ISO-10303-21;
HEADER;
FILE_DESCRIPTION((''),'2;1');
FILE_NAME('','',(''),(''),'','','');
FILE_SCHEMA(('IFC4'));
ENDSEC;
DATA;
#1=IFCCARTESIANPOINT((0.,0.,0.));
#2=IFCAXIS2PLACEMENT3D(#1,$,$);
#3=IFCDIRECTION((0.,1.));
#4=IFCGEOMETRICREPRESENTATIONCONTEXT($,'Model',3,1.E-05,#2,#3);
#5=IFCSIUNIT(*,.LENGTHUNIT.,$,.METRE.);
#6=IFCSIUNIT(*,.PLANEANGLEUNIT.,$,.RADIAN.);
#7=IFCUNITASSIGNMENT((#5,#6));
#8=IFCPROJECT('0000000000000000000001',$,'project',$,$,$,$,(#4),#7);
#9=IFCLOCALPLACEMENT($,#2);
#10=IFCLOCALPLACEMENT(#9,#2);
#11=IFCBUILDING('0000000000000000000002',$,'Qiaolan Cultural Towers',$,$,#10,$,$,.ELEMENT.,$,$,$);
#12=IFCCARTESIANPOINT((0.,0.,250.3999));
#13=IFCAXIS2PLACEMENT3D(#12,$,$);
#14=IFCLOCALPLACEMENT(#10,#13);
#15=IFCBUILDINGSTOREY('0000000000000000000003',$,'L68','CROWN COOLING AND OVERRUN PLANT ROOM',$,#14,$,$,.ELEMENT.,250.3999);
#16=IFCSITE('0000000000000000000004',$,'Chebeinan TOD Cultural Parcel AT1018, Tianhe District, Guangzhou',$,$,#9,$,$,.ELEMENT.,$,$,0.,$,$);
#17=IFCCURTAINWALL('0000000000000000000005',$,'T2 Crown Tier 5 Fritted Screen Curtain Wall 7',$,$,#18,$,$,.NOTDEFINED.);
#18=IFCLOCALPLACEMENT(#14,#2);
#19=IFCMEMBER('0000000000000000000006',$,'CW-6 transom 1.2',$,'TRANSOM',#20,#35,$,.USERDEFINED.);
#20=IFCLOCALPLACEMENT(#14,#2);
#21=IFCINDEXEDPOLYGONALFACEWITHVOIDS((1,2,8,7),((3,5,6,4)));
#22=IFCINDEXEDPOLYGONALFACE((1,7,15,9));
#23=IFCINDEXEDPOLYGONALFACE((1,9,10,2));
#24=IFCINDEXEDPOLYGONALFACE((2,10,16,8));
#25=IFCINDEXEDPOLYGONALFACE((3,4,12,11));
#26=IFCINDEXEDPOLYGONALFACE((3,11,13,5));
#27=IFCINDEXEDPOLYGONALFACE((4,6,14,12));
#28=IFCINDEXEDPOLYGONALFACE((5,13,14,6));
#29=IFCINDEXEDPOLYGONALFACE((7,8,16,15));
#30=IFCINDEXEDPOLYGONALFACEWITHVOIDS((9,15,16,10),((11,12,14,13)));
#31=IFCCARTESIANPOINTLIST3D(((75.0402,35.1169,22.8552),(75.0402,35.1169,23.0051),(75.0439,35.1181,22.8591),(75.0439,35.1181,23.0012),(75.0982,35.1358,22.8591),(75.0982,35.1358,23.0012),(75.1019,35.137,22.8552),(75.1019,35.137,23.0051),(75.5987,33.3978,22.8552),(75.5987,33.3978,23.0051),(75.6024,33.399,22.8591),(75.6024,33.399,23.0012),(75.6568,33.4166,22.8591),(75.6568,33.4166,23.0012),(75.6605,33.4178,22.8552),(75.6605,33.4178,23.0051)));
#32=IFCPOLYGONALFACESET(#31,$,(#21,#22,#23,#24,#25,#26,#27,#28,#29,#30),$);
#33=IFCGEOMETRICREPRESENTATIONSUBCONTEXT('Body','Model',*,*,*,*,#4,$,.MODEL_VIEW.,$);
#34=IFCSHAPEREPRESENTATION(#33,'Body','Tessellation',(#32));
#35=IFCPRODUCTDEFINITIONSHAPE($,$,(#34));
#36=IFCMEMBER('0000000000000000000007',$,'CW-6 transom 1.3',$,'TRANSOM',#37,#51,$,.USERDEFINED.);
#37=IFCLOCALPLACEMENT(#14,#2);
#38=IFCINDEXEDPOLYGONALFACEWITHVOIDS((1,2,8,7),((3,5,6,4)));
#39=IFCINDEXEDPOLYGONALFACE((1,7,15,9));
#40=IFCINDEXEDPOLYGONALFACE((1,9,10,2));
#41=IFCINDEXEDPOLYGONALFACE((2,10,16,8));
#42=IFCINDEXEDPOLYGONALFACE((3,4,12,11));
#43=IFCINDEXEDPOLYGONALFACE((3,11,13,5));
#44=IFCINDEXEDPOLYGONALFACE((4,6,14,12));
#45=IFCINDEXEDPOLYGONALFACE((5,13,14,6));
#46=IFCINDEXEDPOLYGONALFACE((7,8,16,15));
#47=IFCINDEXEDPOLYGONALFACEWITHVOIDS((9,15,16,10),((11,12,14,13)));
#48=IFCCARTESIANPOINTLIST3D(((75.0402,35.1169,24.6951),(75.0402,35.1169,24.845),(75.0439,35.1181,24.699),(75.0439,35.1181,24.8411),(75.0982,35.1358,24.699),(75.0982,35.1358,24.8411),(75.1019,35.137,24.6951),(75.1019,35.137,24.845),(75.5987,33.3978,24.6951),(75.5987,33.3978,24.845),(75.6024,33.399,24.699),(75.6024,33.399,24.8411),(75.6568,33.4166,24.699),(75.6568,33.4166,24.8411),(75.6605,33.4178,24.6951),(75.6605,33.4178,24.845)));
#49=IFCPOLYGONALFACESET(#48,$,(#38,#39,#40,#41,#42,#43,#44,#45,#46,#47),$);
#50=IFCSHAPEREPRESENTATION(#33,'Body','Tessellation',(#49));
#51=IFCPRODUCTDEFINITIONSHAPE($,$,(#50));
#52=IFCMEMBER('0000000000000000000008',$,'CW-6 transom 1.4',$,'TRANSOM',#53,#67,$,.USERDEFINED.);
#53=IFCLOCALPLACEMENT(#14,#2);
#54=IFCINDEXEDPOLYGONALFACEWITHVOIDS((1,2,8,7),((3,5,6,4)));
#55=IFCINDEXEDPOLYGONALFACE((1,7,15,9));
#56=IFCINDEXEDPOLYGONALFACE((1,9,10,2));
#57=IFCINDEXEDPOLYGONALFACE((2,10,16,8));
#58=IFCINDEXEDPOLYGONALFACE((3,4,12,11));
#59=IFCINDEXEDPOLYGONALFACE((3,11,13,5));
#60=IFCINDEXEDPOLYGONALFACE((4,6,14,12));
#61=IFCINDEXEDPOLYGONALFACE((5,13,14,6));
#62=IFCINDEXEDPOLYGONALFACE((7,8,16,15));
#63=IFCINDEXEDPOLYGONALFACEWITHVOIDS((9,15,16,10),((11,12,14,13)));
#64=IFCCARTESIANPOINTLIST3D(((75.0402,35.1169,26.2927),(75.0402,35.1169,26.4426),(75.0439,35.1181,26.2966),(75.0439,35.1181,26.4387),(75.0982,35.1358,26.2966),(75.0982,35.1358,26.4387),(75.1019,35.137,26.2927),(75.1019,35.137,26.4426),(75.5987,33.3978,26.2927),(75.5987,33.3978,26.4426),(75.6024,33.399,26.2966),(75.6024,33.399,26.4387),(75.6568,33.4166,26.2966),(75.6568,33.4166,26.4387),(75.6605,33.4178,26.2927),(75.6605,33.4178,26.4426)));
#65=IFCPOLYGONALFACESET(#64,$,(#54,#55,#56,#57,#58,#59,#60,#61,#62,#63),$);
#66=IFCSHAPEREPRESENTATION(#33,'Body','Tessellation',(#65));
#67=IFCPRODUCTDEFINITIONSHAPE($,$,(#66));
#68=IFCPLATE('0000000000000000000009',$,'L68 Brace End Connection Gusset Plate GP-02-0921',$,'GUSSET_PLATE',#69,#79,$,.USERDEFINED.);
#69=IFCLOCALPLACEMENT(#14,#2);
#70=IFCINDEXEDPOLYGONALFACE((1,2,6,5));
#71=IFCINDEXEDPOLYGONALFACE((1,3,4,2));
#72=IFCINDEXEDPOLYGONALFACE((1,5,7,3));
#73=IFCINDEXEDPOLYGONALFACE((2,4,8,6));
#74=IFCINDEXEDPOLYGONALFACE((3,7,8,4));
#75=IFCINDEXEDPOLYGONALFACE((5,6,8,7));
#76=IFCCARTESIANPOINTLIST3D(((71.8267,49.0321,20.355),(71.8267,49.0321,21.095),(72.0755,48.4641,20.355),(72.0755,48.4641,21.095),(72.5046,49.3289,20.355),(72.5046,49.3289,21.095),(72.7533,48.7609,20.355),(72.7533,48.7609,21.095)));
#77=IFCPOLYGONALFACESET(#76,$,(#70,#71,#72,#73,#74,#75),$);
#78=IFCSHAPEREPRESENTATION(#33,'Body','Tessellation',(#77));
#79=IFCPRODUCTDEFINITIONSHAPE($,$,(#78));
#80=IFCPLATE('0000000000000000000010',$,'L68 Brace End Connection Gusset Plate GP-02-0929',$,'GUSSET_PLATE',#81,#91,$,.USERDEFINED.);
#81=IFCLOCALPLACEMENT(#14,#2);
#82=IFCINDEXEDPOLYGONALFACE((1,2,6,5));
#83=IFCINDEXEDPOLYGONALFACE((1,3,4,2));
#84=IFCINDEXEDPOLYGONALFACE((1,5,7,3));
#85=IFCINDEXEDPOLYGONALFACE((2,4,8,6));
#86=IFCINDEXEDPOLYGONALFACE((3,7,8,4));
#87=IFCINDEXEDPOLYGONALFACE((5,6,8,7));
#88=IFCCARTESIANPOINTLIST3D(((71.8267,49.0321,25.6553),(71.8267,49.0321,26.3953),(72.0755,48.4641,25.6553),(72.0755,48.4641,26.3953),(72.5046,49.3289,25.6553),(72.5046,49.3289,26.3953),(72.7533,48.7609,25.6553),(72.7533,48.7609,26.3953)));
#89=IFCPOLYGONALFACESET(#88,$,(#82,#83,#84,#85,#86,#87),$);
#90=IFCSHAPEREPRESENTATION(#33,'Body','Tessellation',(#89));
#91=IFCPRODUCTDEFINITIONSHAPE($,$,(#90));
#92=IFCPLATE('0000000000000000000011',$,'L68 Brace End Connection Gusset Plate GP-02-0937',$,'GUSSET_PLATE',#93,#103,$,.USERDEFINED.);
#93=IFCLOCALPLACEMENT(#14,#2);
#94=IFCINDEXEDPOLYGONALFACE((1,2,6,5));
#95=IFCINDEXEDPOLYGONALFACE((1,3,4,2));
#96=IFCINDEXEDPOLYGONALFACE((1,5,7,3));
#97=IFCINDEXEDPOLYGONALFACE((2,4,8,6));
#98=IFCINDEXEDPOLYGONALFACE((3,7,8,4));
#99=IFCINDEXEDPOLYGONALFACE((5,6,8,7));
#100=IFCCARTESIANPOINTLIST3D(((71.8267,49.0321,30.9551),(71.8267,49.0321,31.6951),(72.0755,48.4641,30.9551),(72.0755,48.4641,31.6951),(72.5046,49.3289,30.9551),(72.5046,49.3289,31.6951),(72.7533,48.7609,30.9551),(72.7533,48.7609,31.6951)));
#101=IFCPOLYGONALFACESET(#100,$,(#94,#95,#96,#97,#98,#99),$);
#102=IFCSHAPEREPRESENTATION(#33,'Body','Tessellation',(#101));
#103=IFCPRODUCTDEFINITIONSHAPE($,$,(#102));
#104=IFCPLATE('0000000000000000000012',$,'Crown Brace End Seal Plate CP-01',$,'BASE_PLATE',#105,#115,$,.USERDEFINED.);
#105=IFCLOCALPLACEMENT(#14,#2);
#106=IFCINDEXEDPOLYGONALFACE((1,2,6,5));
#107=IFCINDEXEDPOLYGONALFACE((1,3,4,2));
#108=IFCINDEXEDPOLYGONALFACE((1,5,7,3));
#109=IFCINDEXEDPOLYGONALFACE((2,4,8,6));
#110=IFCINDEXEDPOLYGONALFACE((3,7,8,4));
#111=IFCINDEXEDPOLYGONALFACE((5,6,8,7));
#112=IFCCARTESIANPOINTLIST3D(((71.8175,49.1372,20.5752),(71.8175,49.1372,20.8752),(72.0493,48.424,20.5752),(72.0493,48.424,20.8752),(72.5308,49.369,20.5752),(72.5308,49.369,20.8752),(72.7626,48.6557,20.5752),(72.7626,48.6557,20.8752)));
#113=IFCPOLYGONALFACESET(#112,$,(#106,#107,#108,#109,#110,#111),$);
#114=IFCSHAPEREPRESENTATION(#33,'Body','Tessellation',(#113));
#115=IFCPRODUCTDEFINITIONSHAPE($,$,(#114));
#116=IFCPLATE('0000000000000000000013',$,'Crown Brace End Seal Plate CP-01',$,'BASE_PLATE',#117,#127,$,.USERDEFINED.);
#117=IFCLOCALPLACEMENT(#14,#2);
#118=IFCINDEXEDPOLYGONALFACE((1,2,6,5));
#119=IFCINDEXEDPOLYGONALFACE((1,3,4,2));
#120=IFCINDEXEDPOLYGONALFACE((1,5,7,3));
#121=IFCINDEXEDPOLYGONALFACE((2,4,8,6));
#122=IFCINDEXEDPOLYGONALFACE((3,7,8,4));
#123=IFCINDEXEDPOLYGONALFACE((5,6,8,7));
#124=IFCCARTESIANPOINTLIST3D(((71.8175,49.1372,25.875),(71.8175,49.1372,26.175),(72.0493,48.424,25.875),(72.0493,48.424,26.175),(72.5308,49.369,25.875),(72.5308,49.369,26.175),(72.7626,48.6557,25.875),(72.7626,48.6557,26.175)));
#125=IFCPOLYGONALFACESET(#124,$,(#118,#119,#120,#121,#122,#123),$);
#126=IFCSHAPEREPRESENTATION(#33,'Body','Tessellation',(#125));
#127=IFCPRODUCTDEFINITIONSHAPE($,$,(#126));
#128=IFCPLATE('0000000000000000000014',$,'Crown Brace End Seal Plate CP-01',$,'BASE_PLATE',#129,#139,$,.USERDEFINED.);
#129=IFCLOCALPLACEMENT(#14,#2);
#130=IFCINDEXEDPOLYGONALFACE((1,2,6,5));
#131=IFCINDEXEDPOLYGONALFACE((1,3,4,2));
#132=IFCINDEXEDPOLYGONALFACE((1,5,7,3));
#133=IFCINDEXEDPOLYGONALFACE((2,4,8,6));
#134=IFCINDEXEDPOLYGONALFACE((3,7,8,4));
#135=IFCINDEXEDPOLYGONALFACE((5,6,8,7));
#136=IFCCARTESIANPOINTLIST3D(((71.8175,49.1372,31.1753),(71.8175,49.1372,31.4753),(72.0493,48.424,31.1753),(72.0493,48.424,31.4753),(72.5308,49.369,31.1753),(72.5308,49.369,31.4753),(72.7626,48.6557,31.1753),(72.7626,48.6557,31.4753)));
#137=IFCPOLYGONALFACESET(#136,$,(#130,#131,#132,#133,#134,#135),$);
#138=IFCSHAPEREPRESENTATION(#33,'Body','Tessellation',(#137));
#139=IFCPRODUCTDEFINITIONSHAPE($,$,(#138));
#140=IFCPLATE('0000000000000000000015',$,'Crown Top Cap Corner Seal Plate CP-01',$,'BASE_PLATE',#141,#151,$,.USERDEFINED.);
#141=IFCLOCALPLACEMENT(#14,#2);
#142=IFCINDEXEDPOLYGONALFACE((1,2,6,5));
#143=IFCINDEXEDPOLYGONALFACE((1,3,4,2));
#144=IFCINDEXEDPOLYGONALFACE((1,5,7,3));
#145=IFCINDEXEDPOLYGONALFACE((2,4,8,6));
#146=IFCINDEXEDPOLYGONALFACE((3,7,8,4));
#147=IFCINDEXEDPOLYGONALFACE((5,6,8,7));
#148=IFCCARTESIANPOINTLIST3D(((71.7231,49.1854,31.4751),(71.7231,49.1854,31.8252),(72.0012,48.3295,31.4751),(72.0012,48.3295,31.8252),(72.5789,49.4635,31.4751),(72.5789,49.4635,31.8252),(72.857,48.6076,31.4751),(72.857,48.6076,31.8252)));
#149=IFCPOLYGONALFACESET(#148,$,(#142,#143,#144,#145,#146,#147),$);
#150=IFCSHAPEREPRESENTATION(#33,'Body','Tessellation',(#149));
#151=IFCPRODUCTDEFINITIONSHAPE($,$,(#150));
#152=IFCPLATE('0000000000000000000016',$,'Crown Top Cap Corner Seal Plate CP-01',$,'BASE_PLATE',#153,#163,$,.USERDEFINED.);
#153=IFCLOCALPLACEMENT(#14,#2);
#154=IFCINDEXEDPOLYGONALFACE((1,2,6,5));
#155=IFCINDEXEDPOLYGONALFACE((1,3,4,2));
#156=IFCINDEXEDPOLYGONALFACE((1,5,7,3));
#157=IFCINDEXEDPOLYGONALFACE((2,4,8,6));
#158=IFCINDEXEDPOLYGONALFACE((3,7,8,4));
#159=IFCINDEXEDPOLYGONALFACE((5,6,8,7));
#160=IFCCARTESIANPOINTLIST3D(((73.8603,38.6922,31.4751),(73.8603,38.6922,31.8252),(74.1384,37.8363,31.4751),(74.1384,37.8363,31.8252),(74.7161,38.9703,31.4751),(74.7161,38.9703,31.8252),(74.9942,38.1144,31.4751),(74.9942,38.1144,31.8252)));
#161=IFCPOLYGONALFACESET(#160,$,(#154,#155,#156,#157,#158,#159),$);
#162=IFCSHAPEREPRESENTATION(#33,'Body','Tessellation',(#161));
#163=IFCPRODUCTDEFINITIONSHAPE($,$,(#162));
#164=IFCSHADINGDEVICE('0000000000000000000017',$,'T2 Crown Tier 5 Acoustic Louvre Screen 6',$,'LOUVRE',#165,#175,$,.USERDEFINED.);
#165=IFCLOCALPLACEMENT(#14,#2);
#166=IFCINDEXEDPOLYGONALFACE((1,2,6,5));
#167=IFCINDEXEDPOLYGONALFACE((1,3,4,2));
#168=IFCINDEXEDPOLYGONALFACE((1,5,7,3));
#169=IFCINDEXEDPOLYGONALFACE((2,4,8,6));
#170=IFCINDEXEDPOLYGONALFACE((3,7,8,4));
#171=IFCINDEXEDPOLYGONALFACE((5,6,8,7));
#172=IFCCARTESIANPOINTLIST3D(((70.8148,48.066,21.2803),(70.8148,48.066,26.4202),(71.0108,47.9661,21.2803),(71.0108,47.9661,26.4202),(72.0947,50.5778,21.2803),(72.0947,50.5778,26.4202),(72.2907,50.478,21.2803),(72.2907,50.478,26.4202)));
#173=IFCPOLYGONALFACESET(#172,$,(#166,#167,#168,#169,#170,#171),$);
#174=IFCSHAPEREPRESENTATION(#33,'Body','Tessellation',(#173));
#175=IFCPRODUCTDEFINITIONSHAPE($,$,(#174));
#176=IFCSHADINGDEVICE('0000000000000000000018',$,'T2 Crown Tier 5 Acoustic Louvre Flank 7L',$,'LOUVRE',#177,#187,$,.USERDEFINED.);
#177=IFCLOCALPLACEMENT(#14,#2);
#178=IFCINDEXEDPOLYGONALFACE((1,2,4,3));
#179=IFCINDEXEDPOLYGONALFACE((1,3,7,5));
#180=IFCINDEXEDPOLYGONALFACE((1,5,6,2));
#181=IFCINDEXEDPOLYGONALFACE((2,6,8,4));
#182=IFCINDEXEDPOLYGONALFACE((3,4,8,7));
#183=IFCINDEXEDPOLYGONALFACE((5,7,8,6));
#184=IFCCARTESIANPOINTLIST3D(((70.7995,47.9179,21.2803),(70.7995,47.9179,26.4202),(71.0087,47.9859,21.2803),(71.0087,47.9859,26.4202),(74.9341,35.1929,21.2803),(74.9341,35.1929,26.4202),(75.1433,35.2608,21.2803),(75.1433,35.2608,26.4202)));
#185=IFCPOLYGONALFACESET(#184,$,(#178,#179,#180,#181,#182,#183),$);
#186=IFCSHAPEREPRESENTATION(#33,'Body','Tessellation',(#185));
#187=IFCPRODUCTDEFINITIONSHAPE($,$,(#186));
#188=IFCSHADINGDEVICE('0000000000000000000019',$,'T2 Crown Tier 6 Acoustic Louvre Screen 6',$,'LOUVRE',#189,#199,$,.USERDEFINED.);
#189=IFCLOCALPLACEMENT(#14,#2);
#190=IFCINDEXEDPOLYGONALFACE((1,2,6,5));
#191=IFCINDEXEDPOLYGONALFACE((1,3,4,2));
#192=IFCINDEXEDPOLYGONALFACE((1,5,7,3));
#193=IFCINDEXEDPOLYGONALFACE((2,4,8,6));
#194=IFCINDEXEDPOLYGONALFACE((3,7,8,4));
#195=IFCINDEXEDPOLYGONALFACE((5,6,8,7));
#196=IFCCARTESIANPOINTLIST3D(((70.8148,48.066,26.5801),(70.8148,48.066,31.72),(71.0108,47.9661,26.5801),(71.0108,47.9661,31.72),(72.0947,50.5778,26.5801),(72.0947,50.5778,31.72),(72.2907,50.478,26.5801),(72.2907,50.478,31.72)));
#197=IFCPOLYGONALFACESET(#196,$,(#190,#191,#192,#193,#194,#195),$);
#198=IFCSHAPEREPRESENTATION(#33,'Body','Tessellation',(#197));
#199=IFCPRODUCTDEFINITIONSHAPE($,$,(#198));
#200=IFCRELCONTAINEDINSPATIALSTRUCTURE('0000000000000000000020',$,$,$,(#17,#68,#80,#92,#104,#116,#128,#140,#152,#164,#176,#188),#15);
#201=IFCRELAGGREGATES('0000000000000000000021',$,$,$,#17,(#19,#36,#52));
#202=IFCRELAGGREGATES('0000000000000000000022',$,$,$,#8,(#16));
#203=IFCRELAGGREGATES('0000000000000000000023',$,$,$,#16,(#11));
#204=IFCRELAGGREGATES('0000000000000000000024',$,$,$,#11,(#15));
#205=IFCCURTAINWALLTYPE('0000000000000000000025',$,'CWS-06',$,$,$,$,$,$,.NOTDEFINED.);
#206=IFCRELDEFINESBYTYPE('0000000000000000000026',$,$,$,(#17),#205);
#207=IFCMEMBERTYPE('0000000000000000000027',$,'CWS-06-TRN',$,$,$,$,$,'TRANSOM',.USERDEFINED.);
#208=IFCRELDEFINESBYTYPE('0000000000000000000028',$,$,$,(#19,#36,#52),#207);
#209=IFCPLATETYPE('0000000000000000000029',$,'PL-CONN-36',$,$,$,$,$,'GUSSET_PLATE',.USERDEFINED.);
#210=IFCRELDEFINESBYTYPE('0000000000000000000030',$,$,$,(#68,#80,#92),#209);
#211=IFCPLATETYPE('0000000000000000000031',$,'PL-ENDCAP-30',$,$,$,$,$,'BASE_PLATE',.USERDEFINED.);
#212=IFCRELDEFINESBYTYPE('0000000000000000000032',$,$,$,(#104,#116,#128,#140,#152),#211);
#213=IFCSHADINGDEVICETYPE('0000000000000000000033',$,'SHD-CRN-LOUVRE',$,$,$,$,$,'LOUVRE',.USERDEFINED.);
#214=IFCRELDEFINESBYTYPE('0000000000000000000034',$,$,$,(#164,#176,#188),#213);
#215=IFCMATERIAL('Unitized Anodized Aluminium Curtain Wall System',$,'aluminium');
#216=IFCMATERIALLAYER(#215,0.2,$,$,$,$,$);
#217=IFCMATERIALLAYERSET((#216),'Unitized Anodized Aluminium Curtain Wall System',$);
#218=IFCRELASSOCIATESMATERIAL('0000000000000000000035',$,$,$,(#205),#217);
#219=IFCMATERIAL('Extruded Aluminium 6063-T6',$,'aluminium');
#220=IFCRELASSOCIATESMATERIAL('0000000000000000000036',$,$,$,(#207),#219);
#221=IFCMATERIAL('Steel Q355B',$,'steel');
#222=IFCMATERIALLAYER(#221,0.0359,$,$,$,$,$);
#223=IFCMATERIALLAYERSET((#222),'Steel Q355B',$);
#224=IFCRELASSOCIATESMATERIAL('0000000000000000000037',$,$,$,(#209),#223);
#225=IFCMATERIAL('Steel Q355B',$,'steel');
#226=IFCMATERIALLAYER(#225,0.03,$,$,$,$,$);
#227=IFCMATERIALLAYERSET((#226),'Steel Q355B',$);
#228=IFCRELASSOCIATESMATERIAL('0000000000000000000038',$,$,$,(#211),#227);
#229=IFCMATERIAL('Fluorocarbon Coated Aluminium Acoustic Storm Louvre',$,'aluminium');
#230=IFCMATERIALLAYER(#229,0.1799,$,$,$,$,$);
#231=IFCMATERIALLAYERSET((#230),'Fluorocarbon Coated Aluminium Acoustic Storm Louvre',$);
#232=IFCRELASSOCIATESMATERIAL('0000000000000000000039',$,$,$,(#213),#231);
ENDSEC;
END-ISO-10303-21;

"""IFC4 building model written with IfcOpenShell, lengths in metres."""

from ifc_helpers import new_model, si_unit, direction, frame, origin, origin_2d, place, context, subcontext, project, spatial, rectangle, hollow_rectangle, extrude, material, layer, layer_set, material_profile, profile_set, type_object, element, aggregate, save


model = new_model("IFC4")

# Units and contexts
model_context = context("Model", 3, precision=1e-05, world=origin(), true_north=direction((0.0, 1.0)))
body_context = subcontext(model_context, "Body", "Model", "MODEL_VIEW")
ifc_project = project(units=[si_unit("LENGTHUNIT", "METRE"), si_unit("PLANEANGLEUNIT", "RADIAN")], contexts=[model_context])

# Site, building, storey
site_placement = place(None, origin())
site = spatial("IfcSite", under=ifc_project, at=site_placement, Name="Chebeinan TOD Cultural Parcel AT1018, Tianhe District, Guangzhou", CompositionType="ELEMENT", RefElevation=0.0)
building_placement = place(site_placement, origin())
building = spatial("IfcBuilding", under=site, at=building_placement, Name="Qiaolan Cultural Towers", CompositionType="ELEMENT")
storey_placement = place(building_placement, frame((0.0, 0.0, 250.3999)))
storey = spatial("IfcBuildingStorey", under=building, at=storey_placement, Name="L68", Description="CROWN COOLING AND OVERRUN PLANT ROOM", CompositionType="ELEMENT", Elevation=250.3999)

# Curtain wall
ifc_material_1 = material(Name="Unitized Anodized Aluminium Curtain Wall System", Category="aluminium")
ifc_layer_1 = layer(ifc_material_1, 0.2)
ifc_layer_set_1 = layer_set([ifc_layer_1], Name="Unitized Anodized Aluminium Curtain Wall System")
curtain_wall_type = type_object("IfcCurtainWallType", Name="CWS-06", PredefinedType="NOTDEFINED", material=ifc_layer_set_1)
curtain_wall_1_placement = place(storey_placement, origin())
curtain_wall_1 = element("IfcCurtainWall", 1, at=curtain_wall_1_placement, inside=storey, type_object=curtain_wall_type, Name="T2 Crown Tier 5 Fritted Screen Curtain Wall 7", PredefinedType="NOTDEFINED")

# Shared definitions
ifc_material_2 = material(Name="Extruded Aluminium 6063-T6", Category="aluminium")
ifc_material_profile_1 = material_profile(ifc_material_2, hollow_rectangle(XDim=0.0649, YDim=0.1499, WallThickness=0.0039, at=origin_2d()), Name="CWT-150x65x4")
ifc_profile_set_1 = profile_set([ifc_material_profile_1], Name="Extruded Aluminium 6063-T6")
member_type_1 = type_object("IfcMemberType", Name="CWS-06-TRN", ElementType="TRANSOM", PredefinedType="USERDEFINED", material=ifc_profile_set_1)

# Members
member_1_placement = place(storey_placement, frame((75.071, 35.127, 22.9302), z_axis=(0.309007, -0.95106, 0.0), x_axis=(0.95106, 0.309007, 0.0)))
member_1 = element("IfcMember", 2, at=member_1_placement, type_object=member_type_1, Name="CW-6 transom 1.2", ObjectType="TRANSOM", PredefinedType="USERDEFINED", context=body_context, shape_type="SweptSolid", body=[
    extrude(hollow_rectangle(XDim=0.0649, YDim=0.1499, WallThickness=0.0039, at=origin_2d()), origin(), (0.0, 0.0, 1.0), 1.8076),
])
member_2_placement = place(storey_placement, frame((75.071, 35.127, 24.77), z_axis=(0.309007, -0.95106, 0.0), x_axis=(0.95106, 0.309007, 0.0)))
member_2 = element("IfcMember", 3, at=member_2_placement, type_object=member_type_1, Name="CW-6 transom 1.3", ObjectType="TRANSOM", PredefinedType="USERDEFINED", context=body_context, shape_type="SweptSolid", body=[
    extrude(hollow_rectangle(XDim=0.0649, YDim=0.1499, WallThickness=0.0039, at=origin_2d()), origin(), (0.0, 0.0, 1.0), 1.8076),
])
member_3_placement = place(storey_placement, frame((75.071, 35.127, 26.3677), z_axis=(0.309007, -0.95106, 0.0), x_axis=(0.95106, 0.309007, 0.0)))
member_3 = element("IfcMember", 4, at=member_3_placement, type_object=member_type_1, Name="CW-6 transom 1.4", ObjectType="TRANSOM", PredefinedType="USERDEFINED", context=body_context, shape_type="SweptSolid", body=[
    extrude(hollow_rectangle(XDim=0.0649, YDim=0.1499, WallThickness=0.0039, at=origin_2d()), origin(), (0.0, 0.0, 1.0), 1.8076),
])
aggregate(curtain_wall_1, [member_1, member_2, member_3])

# Plates
ifc_material_3 = material(Name="Steel Q355B", Category="steel")
ifc_layer_2 = layer(ifc_material_3, 0.0359)
ifc_layer_set_2 = layer_set([ifc_layer_2], Name="Steel Q355B")
plate_type_1 = type_object("IfcPlateType", Name="PL-CONN-36", ElementType="GUSSET_PLATE", PredefinedType="USERDEFINED", material=ifc_layer_set_2)
for number, where, z_axis, x_axis, name in (
    (5, (72.29, 48.8965, 20.355), (0.0, 0.0, 1.0), (0.916043, 0.40108, 0.0), "L68 Brace End Connection Gusset Plate GP-02-0921"),
    (6, (72.29, 48.8965, 25.6553), (0.0, 0.0, 1.0), (0.916043, 0.40108, 0.0), "L68 Brace End Connection Gusset Plate GP-02-0929"),
    (7, (72.29, 48.8965, 30.9551), (0.0, 0.0, 1.0), (0.916043, 0.40108, 0.0), "L68 Brace End Connection Gusset Plate GP-02-0937"),
):
    element("IfcPlate", number, at=place(storey_placement, frame(where, z_axis=z_axis, x_axis=x_axis)), inside=storey, type_object=plate_type_1, Name=name, ObjectType="GUSSET_PLATE", PredefinedType="USERDEFINED", context=body_context, shape_type="SweptSolid", body=[
        extrude(rectangle(XDim=0.74, YDim=0.6201, at=origin_2d()), origin(), (0.0, 0.0, 1.0), 0.74),
    ])
ifc_material_4 = material(Name="Steel Q355B", Category="steel")
ifc_layer_3 = layer(ifc_material_4, 0.03)
ifc_layer_set_3 = layer_set([ifc_layer_3], Name="Steel Q355B")
plate_type_2 = type_object("IfcPlateType", Name="PL-ENDCAP-30", ElementType="BASE_PLATE", PredefinedType="USERDEFINED", material=ifc_layer_set_3)
for number, where, z_axis, x_axis, name in (
    (8, (72.29, 48.8965, 20.5752), (0.0, 0.0, 1.0), (0.951057, 0.309017, 0.0), "Crown Brace End Seal Plate CP-01"),
    (9, (72.29, 48.8965, 25.875), (0.0, 0.0, 1.0), (0.951057, 0.309017, 0.0), "Crown Brace End Seal Plate CP-01"),
    (10, (72.29, 48.8965, 31.1753), (0.0, 0.0, 1.0), (0.951057, 0.309017, 0.0), "Crown Brace End Seal Plate CP-01"),
):
    element("IfcPlate", number, at=place(storey_placement, frame(where, z_axis=z_axis, x_axis=x_axis)), inside=storey, type_object=plate_type_2, Name=name, ObjectType="BASE_PLATE", PredefinedType="USERDEFINED", context=body_context, shape_type="SweptSolid", body=[
        extrude(rectangle(XDim=0.75, YDim=0.75, at=origin_2d()), origin(), (0.0, 0.0, 1.0), 0.3),
    ])
for number, where, z_axis, x_axis, name in (
    (11, (72.29, 48.8965, 31.4751), (0.0, 0.0, 1.0), (0.951057, 0.309017, 0.0), "Crown Top Cap Corner Seal Plate CP-01"),
    (12, (74.4272, 38.4033, 31.4751), (0.0, 0.0, 1.0), (0.951057, 0.309017, 0.0), "Crown Top Cap Corner Seal Plate CP-01"),
):
    element("IfcPlate", number, at=place(storey_placement, frame(where, z_axis=z_axis, x_axis=x_axis)), inside=storey, type_object=plate_type_2, Name=name, ObjectType="BASE_PLATE", PredefinedType="USERDEFINED", context=body_context, shape_type="SweptSolid", body=[
        extrude(rectangle(XDim=0.8999, YDim=0.8999, at=origin_2d()), origin(), (0.0, 0.0, 1.0), 0.3501),
    ])

# Shading devices
ifc_material_5 = material(Name="Fluorocarbon Coated Aluminium Acoustic Storm Louvre", Category="aluminium")
ifc_layer_4 = layer(ifc_material_5, 0.1799)
ifc_layer_set_4 = layer_set([ifc_layer_4], Name="Fluorocarbon Coated Aluminium Acoustic Storm Louvre")
shading_device_type = type_object("IfcShadingDeviceType", Name="SHD-CRN-LOUVRE", ElementType="LOUVRE", PredefinedType="USERDEFINED", material=ifc_layer_set_4)
shading_device_1_placement = place(storey_placement, frame((71.5527, 49.272, 21.2803), z_axis=(0.0, 0.0, 1.0), x_axis=(-0.453991, -0.891006, 0.0)))
element("IfcShadingDevice", 13, at=shading_device_1_placement, inside=storey, type_object=shading_device_type, Name="T2 Crown Tier 5 Acoustic Louvre Screen 6", ObjectType="LOUVRE", PredefinedType="USERDEFINED", context=body_context, shape_type="SweptSolid", body=[
    extrude(rectangle(XDim=2.8191, YDim=0.22, at=origin_2d()), origin(), (0.0, 0.0, 1.0), 5.1399),
])
shading_device_2_placement = place(storey_placement, frame((72.9714, 41.5894, 21.2803), z_axis=(0.0, 0.0, 1.0), x_axis=(0.309017, -0.951057, 0.0)))
element("IfcShadingDevice", 14, at=shading_device_2_placement, inside=storey, type_object=shading_device_type, Name="T2 Crown Tier 5 Acoustic Louvre Flank 7L", ObjectType="LOUVRE", PredefinedType="USERDEFINED", context=body_context, shape_type="SweptSolid", body=[
    extrude(rectangle(XDim=13.3799, YDim=0.22, at=origin_2d()), origin(), (0.0, 0.0, 1.0), 5.1399),
])
shading_device_3_placement = place(storey_placement, frame((71.5527, 49.272, 26.5801), z_axis=(0.0, 0.0, 1.0), x_axis=(-0.453991, -0.891006, 0.0)))
element("IfcShadingDevice", 15, at=shading_device_3_placement, inside=storey, type_object=shading_device_type, Name="T2 Crown Tier 6 Acoustic Louvre Screen 6", ObjectType="LOUVRE", PredefinedType="USERDEFINED", context=body_context, shape_type="SweptSolid", body=[
    extrude(rectangle(XDim=2.8191, YDim=0.22, at=origin_2d()), origin(), (0.0, 0.0, 1.0), 5.1399),
])

save(model, "model.ifc")
